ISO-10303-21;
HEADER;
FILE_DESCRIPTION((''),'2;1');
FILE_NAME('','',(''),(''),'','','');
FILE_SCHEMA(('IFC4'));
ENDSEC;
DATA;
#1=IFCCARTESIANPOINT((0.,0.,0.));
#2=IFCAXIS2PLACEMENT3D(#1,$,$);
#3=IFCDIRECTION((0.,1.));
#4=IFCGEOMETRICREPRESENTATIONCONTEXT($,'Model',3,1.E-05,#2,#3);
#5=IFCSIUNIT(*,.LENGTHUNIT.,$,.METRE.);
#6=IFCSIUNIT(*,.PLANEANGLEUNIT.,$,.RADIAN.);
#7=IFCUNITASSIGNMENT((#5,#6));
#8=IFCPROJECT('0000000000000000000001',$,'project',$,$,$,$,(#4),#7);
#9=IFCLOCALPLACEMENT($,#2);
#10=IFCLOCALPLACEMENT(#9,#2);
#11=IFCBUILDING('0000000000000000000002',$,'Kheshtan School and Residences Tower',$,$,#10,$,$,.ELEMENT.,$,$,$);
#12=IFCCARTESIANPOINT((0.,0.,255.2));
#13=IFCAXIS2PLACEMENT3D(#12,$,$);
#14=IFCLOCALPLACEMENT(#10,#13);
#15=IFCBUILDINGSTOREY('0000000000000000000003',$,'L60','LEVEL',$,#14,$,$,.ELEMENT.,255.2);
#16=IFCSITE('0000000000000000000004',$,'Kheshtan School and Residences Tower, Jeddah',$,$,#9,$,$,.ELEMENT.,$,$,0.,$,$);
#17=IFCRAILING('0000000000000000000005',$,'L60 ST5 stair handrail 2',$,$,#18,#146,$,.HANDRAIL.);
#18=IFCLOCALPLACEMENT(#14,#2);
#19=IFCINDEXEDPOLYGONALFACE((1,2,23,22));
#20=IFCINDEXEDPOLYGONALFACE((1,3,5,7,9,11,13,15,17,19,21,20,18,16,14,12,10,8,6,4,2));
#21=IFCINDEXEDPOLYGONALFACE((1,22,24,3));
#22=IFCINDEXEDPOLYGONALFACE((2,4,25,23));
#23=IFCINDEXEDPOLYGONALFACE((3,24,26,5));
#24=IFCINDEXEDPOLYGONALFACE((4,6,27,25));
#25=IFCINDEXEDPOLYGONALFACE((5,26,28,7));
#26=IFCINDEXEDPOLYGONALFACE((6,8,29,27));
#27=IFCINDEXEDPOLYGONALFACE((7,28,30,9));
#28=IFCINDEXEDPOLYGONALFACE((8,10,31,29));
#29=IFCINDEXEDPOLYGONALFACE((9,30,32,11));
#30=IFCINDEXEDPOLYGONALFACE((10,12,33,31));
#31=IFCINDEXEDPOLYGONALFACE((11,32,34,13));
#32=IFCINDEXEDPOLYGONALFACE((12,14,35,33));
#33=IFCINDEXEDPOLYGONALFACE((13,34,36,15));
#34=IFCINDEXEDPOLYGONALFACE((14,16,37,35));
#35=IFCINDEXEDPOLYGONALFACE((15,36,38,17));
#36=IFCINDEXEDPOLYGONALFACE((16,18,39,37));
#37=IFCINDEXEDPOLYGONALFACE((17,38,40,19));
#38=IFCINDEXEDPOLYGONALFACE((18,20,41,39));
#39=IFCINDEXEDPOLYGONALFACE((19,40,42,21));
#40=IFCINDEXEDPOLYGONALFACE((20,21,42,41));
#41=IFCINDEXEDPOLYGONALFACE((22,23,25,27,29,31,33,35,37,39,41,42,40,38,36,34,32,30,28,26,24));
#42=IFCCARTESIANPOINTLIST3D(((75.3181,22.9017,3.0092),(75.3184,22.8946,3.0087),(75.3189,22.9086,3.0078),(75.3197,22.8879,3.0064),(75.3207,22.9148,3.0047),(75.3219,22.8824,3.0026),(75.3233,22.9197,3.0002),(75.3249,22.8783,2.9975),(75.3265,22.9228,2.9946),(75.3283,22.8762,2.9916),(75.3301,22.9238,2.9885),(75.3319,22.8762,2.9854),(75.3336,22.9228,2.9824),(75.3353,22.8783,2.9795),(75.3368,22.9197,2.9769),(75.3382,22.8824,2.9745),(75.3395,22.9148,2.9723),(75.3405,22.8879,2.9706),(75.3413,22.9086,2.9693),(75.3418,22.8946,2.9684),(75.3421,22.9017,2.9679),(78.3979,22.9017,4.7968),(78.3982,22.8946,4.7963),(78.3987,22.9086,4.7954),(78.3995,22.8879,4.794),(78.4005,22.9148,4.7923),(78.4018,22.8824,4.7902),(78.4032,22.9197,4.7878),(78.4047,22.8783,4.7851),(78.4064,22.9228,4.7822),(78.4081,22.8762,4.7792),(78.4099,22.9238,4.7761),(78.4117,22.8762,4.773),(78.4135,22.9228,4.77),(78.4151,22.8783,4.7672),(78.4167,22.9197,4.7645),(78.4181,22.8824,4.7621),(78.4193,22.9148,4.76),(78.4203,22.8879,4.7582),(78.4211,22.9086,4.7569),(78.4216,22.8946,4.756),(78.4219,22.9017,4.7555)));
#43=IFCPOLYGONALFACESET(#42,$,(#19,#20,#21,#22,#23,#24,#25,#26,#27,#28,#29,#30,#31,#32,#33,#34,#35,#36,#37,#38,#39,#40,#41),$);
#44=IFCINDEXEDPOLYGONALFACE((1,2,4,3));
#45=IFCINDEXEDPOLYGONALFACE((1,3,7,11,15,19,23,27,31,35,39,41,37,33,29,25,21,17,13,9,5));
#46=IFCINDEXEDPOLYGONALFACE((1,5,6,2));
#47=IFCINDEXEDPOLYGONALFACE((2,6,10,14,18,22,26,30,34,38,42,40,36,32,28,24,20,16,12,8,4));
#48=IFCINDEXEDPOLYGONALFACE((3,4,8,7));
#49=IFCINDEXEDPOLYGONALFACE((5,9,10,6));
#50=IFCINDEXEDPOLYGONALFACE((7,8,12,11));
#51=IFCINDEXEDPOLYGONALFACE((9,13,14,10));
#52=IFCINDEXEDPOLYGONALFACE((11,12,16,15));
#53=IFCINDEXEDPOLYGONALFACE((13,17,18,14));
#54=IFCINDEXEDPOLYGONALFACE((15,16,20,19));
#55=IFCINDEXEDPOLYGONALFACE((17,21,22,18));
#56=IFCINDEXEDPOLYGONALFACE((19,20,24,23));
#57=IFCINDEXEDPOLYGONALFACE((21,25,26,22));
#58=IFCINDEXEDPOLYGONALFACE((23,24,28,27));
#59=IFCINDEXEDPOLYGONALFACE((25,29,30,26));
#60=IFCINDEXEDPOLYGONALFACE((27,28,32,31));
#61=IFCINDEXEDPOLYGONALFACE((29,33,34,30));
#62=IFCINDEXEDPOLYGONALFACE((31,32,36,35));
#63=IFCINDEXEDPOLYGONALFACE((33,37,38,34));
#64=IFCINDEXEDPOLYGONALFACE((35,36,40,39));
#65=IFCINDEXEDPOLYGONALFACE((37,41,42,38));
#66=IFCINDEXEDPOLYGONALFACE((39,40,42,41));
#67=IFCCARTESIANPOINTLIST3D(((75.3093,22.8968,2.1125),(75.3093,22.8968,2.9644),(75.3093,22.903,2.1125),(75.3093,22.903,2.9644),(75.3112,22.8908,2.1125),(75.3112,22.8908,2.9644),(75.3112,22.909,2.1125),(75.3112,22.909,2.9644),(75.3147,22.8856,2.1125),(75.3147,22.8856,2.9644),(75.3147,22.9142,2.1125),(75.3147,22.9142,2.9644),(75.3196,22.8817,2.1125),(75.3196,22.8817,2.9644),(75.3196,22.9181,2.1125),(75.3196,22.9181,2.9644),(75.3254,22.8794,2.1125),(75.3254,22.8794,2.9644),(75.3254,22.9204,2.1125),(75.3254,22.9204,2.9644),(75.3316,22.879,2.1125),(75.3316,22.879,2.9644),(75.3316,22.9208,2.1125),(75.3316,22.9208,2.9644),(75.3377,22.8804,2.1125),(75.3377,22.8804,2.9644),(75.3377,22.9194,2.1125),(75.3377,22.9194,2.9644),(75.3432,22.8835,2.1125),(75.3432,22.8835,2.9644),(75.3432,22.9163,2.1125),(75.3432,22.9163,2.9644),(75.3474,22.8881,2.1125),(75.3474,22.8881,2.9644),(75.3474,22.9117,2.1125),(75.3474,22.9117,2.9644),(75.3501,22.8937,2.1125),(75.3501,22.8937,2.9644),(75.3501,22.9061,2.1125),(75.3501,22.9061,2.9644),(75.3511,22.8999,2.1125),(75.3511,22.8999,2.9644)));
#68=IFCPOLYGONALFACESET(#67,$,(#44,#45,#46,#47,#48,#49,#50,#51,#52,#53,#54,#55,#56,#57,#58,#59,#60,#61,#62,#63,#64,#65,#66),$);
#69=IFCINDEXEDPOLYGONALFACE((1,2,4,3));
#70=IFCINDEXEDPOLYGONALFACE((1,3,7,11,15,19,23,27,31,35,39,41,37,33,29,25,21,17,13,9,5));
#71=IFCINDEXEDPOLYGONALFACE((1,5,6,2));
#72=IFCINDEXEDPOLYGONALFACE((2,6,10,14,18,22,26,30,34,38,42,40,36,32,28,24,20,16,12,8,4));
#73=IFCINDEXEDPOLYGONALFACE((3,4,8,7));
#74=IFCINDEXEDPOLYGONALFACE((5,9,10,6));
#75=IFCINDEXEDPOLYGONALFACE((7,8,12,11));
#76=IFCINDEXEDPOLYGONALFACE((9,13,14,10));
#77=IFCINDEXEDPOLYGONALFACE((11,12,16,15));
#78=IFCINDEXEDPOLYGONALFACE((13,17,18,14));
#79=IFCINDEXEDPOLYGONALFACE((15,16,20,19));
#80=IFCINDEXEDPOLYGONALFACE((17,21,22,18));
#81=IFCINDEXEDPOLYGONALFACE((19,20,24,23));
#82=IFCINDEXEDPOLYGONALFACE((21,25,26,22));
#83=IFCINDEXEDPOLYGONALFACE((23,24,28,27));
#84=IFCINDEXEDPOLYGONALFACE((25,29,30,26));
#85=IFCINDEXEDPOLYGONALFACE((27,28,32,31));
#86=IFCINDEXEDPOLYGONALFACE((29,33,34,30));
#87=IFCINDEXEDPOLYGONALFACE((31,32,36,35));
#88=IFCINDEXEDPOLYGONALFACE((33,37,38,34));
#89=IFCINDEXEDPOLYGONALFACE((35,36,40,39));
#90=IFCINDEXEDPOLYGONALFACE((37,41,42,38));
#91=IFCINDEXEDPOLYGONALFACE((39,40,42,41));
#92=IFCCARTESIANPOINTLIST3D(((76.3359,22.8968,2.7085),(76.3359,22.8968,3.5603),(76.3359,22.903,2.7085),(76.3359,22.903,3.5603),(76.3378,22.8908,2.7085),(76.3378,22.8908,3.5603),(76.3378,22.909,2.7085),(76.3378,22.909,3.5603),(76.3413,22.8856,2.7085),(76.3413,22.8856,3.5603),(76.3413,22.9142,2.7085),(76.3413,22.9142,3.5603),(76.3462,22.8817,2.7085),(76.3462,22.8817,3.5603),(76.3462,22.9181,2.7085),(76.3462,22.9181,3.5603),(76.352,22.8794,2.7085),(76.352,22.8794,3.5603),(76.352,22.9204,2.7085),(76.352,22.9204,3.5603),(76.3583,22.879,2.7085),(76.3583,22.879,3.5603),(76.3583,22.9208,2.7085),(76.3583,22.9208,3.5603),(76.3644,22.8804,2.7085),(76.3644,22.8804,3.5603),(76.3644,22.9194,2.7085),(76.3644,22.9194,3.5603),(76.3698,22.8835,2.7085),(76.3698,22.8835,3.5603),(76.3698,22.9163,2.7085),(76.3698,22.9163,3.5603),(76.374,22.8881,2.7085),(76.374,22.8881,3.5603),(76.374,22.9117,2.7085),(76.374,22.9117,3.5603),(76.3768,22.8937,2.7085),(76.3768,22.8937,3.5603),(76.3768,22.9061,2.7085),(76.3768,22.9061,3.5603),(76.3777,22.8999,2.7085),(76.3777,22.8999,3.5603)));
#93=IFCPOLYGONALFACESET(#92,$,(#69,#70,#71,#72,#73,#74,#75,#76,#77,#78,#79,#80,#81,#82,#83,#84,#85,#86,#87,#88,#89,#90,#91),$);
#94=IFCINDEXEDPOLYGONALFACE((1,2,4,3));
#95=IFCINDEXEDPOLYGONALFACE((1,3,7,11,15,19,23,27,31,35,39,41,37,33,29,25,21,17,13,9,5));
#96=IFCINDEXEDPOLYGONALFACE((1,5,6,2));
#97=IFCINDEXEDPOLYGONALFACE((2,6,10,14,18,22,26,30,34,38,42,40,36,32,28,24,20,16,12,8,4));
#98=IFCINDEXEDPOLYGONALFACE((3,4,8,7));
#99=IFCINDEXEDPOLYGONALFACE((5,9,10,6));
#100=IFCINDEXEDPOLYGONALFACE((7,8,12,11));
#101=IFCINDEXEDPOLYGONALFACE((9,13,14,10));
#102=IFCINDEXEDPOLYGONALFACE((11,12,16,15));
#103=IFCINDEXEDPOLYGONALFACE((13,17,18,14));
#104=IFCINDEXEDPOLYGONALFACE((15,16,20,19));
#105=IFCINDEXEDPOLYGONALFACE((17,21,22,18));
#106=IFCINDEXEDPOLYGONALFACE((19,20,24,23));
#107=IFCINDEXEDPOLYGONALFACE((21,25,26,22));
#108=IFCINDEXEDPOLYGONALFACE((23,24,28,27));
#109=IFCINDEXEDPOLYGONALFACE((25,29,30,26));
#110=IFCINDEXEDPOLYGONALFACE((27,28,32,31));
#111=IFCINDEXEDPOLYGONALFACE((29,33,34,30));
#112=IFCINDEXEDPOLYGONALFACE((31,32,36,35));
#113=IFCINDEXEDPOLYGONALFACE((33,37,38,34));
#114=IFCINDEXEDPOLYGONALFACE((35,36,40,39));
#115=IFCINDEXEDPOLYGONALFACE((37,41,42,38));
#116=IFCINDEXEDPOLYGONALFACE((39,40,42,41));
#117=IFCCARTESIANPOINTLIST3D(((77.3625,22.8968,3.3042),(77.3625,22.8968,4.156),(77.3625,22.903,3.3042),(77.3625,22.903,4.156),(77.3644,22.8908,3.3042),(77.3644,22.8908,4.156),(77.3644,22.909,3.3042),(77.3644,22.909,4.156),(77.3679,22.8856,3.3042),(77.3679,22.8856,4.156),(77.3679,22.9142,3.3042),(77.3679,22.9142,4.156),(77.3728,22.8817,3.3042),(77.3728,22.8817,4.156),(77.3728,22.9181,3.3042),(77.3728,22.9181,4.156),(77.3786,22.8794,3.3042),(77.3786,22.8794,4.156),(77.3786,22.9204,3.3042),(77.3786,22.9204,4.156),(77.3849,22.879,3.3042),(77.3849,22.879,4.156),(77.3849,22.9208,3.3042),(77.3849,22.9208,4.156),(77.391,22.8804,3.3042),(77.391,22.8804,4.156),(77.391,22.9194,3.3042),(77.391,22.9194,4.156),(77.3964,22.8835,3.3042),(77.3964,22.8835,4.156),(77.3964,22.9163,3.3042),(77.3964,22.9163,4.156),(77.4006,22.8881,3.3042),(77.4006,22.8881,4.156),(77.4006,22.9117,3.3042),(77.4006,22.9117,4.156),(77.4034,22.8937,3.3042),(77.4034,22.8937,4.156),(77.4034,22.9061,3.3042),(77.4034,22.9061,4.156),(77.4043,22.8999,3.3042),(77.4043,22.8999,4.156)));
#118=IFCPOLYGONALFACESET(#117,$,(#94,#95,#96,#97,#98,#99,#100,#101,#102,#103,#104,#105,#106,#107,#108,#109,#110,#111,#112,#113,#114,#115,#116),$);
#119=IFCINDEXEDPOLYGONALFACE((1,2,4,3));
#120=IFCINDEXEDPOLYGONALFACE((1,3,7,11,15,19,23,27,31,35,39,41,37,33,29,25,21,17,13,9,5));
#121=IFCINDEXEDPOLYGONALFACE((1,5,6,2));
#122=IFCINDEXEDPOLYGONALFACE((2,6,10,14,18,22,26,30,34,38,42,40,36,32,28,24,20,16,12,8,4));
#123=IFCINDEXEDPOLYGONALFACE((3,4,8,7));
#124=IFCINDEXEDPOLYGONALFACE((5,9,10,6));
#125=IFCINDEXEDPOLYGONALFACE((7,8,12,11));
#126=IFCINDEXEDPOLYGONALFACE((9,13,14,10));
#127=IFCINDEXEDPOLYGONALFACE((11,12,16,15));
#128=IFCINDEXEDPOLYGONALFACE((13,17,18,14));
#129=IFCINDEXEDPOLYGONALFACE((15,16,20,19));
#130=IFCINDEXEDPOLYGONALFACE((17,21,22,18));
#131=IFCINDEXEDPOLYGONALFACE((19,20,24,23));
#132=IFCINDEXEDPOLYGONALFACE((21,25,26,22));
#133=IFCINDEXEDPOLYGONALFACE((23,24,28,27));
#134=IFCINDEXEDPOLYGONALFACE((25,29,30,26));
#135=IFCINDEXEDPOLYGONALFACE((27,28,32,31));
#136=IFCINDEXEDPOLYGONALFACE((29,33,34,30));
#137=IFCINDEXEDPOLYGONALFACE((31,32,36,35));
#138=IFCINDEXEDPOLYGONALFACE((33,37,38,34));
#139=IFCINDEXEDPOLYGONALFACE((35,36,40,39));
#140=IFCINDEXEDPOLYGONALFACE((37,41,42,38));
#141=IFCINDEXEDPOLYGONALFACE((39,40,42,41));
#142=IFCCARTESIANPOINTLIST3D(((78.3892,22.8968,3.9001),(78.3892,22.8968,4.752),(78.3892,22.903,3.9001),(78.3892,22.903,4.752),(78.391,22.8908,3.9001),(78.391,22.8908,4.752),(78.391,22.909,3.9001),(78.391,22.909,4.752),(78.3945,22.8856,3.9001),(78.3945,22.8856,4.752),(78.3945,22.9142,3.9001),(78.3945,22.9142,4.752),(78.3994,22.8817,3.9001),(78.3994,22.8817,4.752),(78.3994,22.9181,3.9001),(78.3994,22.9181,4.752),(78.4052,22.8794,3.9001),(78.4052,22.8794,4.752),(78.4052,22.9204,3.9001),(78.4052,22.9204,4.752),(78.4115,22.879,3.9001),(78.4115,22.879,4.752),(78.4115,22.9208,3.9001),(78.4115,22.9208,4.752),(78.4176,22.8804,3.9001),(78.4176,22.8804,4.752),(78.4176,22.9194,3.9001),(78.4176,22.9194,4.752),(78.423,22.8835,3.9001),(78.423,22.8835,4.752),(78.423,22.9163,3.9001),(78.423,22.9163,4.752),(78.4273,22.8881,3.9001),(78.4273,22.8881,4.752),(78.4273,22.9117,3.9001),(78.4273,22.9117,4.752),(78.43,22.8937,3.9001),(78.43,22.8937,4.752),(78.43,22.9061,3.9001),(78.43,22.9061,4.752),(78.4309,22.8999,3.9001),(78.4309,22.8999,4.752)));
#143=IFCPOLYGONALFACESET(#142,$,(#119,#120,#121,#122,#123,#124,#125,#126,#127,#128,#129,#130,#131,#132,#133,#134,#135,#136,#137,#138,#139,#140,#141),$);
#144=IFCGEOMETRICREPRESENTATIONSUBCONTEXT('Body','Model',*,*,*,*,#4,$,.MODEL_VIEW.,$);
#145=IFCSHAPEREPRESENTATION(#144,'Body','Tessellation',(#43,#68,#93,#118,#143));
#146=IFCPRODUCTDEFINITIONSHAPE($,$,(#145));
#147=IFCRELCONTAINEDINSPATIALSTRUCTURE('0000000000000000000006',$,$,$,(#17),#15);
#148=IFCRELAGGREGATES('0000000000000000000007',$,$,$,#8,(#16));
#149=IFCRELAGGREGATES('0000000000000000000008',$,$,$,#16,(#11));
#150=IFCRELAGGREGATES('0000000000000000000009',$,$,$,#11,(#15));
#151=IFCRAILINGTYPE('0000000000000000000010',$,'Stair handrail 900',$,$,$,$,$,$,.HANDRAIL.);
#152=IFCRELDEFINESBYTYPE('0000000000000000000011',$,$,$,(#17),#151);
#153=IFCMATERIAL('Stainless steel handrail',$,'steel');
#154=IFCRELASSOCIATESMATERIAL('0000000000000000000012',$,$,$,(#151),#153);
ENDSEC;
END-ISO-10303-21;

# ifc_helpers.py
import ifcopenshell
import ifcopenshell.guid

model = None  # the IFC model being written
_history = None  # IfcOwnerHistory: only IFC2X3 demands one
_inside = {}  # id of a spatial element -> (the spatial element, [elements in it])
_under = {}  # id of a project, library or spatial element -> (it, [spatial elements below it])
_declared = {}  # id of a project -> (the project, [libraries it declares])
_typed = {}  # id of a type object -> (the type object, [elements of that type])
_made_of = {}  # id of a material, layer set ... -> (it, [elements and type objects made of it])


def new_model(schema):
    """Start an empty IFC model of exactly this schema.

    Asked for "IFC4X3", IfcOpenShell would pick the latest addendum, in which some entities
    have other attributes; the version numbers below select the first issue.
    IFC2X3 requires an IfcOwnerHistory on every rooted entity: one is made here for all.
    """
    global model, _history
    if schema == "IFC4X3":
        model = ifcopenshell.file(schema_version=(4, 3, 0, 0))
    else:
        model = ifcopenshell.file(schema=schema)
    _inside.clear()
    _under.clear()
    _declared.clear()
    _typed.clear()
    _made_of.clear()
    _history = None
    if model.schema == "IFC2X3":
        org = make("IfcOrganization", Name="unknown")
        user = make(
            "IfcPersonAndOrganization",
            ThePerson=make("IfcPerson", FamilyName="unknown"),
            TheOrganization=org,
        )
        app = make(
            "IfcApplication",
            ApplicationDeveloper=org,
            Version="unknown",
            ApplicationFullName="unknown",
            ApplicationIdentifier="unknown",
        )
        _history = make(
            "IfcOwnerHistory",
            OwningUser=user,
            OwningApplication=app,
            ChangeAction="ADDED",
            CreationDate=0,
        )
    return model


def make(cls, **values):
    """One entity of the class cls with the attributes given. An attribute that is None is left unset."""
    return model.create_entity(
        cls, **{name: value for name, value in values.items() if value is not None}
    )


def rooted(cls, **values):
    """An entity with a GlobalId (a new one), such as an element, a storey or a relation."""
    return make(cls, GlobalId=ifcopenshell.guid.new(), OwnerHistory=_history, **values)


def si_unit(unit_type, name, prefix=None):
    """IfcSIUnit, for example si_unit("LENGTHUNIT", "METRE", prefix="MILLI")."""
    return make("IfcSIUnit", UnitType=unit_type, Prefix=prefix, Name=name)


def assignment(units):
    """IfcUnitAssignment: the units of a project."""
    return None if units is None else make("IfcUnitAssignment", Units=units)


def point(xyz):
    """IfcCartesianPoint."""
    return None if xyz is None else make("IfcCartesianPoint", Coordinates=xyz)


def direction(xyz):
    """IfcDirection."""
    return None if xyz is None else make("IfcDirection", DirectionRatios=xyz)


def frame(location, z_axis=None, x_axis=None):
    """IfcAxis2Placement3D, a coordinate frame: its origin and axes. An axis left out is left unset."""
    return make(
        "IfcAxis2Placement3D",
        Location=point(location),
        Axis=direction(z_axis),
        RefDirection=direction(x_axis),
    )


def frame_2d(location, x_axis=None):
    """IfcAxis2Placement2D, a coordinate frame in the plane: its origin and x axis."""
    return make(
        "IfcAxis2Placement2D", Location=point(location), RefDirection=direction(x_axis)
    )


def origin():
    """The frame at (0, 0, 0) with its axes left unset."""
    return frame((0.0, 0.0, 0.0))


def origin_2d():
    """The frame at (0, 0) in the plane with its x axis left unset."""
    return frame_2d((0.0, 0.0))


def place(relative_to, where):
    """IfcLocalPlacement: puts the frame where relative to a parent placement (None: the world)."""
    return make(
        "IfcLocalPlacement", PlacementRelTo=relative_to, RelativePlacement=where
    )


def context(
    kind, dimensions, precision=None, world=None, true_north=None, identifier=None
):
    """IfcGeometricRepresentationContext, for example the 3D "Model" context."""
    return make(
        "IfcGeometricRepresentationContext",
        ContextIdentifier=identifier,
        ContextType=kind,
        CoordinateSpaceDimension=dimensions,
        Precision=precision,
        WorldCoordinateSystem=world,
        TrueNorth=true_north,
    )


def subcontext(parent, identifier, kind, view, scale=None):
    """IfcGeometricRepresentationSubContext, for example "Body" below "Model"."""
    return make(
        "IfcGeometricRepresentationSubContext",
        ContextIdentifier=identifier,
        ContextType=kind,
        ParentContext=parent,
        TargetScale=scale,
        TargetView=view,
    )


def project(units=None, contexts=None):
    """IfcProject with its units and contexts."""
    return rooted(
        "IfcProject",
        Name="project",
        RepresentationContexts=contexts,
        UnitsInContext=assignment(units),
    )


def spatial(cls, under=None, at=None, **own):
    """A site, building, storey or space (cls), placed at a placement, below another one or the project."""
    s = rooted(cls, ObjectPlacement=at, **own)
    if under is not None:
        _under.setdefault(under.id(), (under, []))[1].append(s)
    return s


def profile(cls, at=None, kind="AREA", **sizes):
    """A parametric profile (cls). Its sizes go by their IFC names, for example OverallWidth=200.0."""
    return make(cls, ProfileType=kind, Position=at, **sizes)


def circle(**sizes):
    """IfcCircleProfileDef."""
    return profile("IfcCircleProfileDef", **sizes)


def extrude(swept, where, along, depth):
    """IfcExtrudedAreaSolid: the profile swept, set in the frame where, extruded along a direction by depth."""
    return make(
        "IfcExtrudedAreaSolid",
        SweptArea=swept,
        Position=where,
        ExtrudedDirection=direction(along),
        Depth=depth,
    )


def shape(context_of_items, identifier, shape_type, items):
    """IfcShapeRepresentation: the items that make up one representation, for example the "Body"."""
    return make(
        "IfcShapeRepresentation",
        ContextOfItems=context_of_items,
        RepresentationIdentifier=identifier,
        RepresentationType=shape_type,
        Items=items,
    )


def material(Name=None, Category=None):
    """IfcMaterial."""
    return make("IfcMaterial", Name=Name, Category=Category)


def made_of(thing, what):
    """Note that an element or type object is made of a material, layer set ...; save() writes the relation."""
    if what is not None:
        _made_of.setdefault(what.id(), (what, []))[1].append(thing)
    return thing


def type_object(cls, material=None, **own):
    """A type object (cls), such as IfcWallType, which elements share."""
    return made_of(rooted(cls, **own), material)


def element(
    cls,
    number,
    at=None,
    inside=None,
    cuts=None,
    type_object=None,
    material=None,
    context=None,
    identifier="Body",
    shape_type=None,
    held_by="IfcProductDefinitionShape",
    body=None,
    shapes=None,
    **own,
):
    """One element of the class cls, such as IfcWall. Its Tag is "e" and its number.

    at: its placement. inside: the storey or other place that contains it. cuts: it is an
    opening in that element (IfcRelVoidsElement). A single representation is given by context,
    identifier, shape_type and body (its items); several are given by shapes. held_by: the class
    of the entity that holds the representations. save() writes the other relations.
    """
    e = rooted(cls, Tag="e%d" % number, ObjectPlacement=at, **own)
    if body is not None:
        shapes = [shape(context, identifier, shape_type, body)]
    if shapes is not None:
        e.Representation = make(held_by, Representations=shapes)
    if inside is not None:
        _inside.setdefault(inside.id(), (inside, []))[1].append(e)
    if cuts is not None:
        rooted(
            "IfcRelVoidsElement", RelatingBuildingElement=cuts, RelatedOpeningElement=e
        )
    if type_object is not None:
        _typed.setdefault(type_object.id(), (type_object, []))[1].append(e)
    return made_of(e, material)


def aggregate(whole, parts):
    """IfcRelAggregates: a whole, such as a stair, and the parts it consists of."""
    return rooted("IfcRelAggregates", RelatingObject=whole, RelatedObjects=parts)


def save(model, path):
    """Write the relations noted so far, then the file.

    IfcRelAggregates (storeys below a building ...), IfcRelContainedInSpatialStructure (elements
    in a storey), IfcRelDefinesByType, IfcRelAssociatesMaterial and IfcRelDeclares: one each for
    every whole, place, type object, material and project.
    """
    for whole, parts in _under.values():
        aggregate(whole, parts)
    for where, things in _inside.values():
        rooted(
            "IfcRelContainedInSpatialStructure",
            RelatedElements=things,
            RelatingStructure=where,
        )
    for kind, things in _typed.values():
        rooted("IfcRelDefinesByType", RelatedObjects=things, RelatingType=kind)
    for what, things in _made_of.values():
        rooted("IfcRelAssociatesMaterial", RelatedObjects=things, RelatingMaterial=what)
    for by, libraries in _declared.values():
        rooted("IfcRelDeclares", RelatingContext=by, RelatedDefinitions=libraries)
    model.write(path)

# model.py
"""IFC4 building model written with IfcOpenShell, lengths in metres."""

from ifc_helpers import new_model, si_unit, direction, frame, origin, origin_2d, place, context, subcontext, project, spatial, circle, extrude, material, type_object, element, save


model = new_model("IFC4")

# Units and contexts
model_context = context("Model", 3, precision=1e-05, world=origin(), true_north=direction((0.0, 1.0)))
body_context = subcontext(model_context, "Body", "Model", "MODEL_VIEW")
ifc_project = project(units=[si_unit("LENGTHUNIT", "METRE"), si_unit("PLANEANGLEUNIT", "RADIAN")], contexts=[model_context])

# Site, building, storey
site_placement = place(None, origin())
site = spatial("IfcSite", under=ifc_project, at=site_placement, Name="Kheshtan School and Residences Tower, Jeddah", CompositionType="ELEMENT", RefElevation=0.0)
building_placement = place(site_placement, origin())
building = spatial("IfcBuilding", under=site, at=building_placement, Name="Kheshtan School and Residences Tower", CompositionType="ELEMENT")
storey_placement = place(building_placement, frame((0.0, 0.0, 255.2)))
storey = spatial("IfcBuildingStorey", under=building, at=storey_placement, Name="L60", Description="LEVEL", CompositionType="ELEMENT", Elevation=255.2)

# Railing
ifc_material_1 = material(Name="Stainless steel handrail", Category="steel")
railing_type = type_object("IfcRailingType", Name="Stair handrail 900", PredefinedType="HANDRAIL", material=ifc_material_1)
railing_placement = place(storey_placement, frame((75.3301, 22.8999, 2.1125)))
element("IfcRailing", 1, at=railing_placement, inside=storey, type_object=railing_type, Name="L60 ST5 stair handrail 2", PredefinedType="HANDRAIL", context=body_context, shape_type="SweptSolid", body=[
    extrude(circle(Radius=0.0239, at=origin_2d()), frame((0.0, 0.0, 0.876), z_axis=(0.864873, 0.0, 0.50199), x_axis=(0.0, 1.0, 0.0)), (0.0, 0.0, 1.0), 3.561),
    extrude(circle(Radius=0.021, at=origin_2d()), origin(), (0.0, 0.0, 1.0), 0.8518),
    extrude(circle(Radius=0.021, at=origin_2d()), frame((1.0266, 0.0, 0.5959)), (0.0, 0.0, 1.0), 0.8518),
    extrude(circle(Radius=0.021, at=origin_2d()), frame((2.0532, 0.0, 1.1917)), (0.0, 0.0, 1.0), 0.8518),
    extrude(circle(Radius=0.021, at=origin_2d()), frame((3.0798, 0.0, 1.7876)), (0.0, 0.0, 1.0), 0.8518),
])

save(model, "model.ifc")
